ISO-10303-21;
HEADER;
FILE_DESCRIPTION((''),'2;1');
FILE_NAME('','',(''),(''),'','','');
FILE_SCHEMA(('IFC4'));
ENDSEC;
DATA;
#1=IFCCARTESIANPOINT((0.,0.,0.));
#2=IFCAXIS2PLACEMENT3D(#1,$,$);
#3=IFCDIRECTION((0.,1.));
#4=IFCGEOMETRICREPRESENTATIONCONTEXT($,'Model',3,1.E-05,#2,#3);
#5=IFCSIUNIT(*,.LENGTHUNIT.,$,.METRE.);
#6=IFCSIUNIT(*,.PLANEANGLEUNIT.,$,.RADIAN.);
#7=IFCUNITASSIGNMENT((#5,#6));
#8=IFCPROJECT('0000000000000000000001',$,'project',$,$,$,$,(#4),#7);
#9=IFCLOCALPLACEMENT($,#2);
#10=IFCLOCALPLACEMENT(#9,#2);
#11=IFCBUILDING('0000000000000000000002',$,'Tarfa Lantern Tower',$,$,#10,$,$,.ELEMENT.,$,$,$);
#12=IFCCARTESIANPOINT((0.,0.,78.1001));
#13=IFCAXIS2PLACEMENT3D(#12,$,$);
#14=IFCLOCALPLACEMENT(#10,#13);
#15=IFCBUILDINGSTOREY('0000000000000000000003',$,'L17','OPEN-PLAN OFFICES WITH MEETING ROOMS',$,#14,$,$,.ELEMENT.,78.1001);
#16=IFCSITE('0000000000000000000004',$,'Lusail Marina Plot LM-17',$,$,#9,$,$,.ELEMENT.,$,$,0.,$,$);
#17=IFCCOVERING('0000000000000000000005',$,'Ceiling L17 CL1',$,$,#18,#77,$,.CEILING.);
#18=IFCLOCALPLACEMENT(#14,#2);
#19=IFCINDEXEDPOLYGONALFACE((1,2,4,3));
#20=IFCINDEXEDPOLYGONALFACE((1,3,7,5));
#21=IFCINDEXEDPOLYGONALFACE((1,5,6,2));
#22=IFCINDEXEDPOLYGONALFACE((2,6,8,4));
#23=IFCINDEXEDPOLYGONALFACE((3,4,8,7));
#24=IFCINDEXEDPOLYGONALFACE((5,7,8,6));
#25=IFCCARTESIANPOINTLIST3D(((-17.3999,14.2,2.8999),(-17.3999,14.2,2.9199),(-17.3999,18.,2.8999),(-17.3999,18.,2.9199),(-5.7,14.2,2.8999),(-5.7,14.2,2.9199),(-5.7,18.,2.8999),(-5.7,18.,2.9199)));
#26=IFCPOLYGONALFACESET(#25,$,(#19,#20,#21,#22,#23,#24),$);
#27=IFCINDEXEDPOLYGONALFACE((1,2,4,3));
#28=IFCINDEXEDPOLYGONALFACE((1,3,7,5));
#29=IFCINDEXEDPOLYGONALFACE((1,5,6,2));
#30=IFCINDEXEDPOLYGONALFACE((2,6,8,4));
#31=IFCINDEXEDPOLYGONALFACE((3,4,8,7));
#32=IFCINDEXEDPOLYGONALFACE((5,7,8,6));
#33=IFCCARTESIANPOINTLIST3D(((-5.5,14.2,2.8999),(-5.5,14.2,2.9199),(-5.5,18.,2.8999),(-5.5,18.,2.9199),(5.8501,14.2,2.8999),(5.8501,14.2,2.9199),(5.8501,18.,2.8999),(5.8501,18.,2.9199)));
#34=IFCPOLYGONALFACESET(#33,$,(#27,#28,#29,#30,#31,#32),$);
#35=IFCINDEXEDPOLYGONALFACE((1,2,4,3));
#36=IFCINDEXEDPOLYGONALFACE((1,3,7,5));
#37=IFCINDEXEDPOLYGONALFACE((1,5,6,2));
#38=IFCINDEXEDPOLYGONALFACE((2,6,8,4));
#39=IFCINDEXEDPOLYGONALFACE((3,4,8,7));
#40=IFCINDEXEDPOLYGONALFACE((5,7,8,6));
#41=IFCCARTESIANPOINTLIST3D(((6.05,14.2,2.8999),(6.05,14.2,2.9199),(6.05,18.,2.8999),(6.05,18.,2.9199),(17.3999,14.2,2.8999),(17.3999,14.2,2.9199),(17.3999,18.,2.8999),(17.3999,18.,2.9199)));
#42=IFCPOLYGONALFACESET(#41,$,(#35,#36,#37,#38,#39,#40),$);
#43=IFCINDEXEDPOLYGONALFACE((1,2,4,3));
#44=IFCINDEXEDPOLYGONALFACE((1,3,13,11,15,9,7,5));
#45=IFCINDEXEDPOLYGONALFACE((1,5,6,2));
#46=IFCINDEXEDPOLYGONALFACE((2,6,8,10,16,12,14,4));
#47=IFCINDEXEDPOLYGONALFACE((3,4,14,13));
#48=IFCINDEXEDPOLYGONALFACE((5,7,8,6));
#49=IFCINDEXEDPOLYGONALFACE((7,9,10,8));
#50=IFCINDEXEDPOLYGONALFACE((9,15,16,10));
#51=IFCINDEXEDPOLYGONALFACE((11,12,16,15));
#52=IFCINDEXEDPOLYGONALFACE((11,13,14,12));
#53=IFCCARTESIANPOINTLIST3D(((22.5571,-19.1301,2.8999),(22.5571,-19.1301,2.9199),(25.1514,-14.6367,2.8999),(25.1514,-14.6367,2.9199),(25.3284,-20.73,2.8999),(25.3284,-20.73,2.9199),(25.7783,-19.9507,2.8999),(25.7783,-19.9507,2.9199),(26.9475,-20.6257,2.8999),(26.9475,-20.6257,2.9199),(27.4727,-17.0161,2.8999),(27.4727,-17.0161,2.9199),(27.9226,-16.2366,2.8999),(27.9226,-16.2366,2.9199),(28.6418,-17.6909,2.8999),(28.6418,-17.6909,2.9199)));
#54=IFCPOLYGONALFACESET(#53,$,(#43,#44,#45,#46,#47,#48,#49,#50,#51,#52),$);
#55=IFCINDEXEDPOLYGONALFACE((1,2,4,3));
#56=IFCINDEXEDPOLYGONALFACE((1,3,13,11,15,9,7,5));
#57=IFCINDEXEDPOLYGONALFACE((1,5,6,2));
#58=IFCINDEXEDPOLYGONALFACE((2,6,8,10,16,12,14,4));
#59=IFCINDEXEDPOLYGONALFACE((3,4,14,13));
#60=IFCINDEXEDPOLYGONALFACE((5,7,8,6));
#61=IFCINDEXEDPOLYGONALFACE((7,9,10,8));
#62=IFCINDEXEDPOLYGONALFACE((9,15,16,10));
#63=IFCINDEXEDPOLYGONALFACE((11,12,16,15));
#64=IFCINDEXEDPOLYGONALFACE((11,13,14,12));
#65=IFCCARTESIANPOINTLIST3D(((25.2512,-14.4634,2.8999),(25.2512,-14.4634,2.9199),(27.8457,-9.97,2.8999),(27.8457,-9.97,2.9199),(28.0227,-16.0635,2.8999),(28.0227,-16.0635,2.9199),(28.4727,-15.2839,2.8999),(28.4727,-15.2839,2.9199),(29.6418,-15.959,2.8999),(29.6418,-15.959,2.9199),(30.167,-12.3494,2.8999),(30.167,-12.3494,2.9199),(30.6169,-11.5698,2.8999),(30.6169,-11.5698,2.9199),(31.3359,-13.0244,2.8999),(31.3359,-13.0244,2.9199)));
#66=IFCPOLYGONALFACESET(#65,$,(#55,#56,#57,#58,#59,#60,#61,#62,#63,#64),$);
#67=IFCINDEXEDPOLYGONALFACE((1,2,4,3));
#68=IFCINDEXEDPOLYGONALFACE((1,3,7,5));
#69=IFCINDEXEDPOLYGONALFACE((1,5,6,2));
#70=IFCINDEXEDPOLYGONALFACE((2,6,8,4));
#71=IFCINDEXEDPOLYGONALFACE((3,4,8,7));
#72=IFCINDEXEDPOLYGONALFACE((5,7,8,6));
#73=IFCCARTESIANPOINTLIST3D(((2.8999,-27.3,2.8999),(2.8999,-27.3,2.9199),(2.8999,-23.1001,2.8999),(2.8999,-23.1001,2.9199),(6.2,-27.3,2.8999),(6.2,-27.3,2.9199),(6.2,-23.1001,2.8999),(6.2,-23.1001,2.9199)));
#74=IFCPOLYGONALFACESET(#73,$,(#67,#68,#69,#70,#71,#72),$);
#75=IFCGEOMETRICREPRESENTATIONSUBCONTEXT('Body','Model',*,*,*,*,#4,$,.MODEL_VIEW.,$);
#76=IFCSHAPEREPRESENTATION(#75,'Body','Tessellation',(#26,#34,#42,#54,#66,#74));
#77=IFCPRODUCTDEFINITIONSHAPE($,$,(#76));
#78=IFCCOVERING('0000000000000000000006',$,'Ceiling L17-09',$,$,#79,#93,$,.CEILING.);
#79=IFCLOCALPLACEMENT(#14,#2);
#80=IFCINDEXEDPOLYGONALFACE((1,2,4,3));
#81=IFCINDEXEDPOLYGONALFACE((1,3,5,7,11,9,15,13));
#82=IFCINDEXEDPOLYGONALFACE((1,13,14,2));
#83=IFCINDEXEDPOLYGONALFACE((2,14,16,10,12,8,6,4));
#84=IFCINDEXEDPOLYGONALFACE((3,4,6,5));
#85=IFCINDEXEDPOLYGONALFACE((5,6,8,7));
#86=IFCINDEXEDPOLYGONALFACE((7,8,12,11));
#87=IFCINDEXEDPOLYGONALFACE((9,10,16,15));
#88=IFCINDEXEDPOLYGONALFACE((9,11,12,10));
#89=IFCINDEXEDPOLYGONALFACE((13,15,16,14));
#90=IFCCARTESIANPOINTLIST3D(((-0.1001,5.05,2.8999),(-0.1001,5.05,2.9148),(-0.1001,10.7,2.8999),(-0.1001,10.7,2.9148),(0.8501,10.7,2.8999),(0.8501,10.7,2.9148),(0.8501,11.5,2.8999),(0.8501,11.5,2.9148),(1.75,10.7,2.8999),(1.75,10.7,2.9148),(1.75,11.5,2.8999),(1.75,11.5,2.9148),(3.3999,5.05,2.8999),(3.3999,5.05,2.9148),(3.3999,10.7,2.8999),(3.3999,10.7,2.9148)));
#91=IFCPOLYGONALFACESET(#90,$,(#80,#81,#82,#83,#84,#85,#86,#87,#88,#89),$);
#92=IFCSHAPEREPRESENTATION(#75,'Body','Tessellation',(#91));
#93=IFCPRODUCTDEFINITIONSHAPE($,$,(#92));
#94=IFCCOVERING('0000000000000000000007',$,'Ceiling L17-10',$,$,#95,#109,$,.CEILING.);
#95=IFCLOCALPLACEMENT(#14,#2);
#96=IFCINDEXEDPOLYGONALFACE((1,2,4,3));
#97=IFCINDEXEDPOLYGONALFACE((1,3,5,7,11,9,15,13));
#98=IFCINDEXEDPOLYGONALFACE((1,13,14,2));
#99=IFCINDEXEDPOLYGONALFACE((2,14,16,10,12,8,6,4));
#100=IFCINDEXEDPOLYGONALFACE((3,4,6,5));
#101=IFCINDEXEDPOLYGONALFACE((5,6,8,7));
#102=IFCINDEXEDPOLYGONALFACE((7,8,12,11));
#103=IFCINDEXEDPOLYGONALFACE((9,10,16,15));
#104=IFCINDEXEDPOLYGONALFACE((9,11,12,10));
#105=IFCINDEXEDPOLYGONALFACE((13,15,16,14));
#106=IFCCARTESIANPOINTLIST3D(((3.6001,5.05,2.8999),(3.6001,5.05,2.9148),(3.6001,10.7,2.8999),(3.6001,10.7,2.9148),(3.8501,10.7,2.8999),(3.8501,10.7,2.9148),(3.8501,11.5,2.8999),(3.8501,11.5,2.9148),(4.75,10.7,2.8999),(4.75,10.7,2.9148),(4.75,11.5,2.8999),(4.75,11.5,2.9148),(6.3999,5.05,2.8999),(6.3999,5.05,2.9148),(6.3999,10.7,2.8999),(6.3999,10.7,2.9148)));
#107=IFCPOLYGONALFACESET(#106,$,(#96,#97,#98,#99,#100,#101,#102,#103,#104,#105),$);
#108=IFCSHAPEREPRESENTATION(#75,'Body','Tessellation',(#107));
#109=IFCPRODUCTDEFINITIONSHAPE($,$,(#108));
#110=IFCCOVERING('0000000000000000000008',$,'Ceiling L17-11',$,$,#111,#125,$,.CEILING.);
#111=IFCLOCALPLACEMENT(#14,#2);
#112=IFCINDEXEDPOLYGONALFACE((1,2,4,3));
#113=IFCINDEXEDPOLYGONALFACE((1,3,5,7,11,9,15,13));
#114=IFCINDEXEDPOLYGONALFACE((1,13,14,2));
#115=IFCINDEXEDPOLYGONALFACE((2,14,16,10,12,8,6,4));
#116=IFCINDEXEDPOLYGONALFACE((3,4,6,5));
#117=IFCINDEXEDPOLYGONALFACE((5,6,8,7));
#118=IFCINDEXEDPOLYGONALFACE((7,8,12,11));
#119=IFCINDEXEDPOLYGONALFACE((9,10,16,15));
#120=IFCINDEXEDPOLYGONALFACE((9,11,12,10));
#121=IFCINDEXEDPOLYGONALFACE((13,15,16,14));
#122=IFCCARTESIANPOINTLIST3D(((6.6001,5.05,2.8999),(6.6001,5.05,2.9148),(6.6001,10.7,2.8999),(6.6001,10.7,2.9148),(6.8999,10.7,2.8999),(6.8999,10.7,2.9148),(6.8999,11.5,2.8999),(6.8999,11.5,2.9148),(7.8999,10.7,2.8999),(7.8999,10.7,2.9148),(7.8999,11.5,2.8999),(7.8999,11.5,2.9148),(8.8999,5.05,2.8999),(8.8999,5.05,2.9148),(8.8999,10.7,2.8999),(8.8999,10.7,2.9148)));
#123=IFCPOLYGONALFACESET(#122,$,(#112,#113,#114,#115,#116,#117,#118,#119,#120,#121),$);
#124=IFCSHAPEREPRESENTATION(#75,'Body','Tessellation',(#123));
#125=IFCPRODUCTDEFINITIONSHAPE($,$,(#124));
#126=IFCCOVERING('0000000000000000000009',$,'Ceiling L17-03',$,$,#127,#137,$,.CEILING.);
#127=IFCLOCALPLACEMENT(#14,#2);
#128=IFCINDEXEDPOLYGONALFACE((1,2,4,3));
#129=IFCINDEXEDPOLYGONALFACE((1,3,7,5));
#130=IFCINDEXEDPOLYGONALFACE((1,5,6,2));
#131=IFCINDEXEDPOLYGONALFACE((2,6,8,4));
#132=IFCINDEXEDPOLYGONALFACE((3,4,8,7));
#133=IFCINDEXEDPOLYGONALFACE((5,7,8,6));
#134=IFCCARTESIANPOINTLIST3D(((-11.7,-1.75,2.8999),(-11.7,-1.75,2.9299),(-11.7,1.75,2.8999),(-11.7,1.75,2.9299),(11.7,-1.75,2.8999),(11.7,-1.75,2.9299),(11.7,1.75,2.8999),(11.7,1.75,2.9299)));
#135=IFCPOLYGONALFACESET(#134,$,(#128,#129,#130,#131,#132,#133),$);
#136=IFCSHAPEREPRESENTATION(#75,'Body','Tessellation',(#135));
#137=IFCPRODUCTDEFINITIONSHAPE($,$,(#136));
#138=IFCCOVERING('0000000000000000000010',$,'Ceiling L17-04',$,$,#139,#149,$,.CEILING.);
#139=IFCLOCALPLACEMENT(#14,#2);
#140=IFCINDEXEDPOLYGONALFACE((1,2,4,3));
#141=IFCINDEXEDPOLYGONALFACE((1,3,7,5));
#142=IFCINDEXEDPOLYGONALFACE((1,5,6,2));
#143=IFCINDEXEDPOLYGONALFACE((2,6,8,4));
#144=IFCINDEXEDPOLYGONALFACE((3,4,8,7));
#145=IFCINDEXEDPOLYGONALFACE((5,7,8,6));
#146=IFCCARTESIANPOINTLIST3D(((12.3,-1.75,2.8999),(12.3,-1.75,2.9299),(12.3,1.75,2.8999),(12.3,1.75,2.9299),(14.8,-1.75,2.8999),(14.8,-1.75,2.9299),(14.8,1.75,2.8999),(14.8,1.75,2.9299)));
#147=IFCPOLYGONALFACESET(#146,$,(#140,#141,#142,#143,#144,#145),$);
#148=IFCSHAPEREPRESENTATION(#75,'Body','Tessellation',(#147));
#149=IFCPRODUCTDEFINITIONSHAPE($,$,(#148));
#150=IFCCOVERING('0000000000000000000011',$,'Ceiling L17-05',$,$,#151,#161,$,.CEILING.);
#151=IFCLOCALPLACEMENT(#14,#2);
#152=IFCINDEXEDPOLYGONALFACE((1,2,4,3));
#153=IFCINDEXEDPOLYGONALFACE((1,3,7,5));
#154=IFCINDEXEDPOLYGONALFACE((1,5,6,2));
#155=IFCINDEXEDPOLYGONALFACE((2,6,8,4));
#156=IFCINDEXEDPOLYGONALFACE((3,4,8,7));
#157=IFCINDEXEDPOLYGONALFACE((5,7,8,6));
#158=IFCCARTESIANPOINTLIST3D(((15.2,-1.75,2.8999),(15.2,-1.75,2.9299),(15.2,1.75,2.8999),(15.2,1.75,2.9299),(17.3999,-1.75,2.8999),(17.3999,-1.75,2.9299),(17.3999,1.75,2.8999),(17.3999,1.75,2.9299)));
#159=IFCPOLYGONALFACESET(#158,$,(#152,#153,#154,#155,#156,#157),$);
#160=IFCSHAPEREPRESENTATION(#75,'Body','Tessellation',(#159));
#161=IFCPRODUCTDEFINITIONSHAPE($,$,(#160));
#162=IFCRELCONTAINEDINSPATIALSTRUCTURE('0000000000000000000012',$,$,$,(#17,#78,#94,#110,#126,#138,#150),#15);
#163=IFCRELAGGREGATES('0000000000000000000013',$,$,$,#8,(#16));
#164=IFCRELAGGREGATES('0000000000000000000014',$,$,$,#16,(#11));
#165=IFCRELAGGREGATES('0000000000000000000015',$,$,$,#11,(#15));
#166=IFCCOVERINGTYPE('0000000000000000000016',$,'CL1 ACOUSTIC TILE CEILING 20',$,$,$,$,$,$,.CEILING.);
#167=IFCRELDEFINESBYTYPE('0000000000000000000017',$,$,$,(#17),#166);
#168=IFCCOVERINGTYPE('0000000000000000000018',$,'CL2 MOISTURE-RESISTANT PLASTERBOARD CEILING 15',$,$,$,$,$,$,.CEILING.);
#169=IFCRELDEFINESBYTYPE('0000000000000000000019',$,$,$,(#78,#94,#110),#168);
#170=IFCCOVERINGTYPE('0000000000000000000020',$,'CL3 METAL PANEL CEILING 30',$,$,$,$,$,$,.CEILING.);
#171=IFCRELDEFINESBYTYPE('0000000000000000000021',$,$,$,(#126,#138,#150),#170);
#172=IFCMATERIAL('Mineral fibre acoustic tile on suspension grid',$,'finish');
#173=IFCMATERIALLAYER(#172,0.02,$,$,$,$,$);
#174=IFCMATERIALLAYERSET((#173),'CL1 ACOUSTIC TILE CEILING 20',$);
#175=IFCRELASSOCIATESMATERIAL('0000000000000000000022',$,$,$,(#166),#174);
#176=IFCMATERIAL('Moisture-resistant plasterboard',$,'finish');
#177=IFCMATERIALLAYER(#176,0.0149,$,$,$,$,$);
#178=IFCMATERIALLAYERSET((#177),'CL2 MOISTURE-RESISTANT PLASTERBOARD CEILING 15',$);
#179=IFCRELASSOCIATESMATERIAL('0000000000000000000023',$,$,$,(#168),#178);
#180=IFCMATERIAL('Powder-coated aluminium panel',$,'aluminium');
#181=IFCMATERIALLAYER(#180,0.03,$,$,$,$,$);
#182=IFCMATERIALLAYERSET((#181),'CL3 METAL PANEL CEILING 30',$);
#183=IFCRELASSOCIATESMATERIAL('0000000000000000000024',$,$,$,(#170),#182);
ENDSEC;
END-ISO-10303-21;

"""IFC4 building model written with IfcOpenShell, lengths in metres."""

from ifc_helpers import new_model, si_unit, direction, frame, origin, place, context, subcontext, project, spatial, polyline, outline, extrude, material, layer, layer_set, type_object, element, save


model = new_model("IFC4")

# Units and contexts
model_context = context("Model", 3, precision=1e-05, world=origin(), true_north=direction((0.0, 1.0)))
body_context = subcontext(model_context, "Body", "Model", "MODEL_VIEW")
ifc_project = project(units=[si_unit("LENGTHUNIT", "METRE"), si_unit("PLANEANGLEUNIT", "RADIAN")], contexts=[model_context])

# Site, building, storey
site_placement = place(None, origin())
site = spatial("IfcSite", under=ifc_project, at=site_placement, Name="Lusail Marina Plot LM-17", CompositionType="ELEMENT", RefElevation=0.0)
building_placement = place(site_placement, origin())
building = spatial("IfcBuilding", under=site, at=building_placement, Name="Tarfa Lantern Tower", CompositionType="ELEMENT")
storey_placement = place(building_placement, frame((0.0, 0.0, 78.1001)))
storey = spatial("IfcBuildingStorey", under=building, at=storey_placement, Name="L17", Description="OPEN-PLAN OFFICES WITH MEETING ROOMS", CompositionType="ELEMENT", Elevation=78.1001)

# Coverings
ifc_material_1 = material(Name="Mineral fibre acoustic tile on suspension grid", Category="finish")
ifc_layer_1 = layer(ifc_material_1, 0.02)
ifc_layer_set_1 = layer_set([ifc_layer_1], Name="CL1 ACOUSTIC TILE CEILING 20")
covering_type_1 = type_object("IfcCoveringType", Name="CL1 ACOUSTIC TILE CEILING 20", PredefinedType="CEILING", material=ifc_layer_set_1)
covering_1_placement = place(storey_placement, frame((0.0, 0.0, 2.8999)))
element("IfcCovering", 1, at=covering_1_placement, inside=storey, type_object=covering_type_1, Name="Ceiling L17 CL1", PredefinedType="CEILING", context=body_context, shape_type="SweptSolid", body=[
    extrude(outline(polyline([(-17.3999, 18.0), (-5.7, 18.0), (-5.7, 14.2), (-17.3999, 14.2), (-17.3999, 18.0)])), origin(), (0.0, 0.0, 1.0), 0.02),
    extrude(outline(polyline([(-5.5, 18.0), (5.8501, 18.0), (5.8501, 14.2), (-5.5, 14.2), (-5.5, 18.0)])), origin(), (0.0, 0.0, 1.0), 0.02),
    extrude(outline(polyline([(6.05, 18.0), (17.3999, 18.0), (17.3999, 14.2), (6.05, 14.2), (6.05, 18.0)])), origin(), (0.0, 0.0, 1.0), 0.02),
    extrude(outline(polyline([(25.1514, -14.6367), (27.9226, -16.2366), (27.4727, -17.0161), (28.6418, -17.6909), (26.9475, -20.6257), (25.7783, -19.9507), (25.3284, -20.73), (22.5571, -19.1301), (25.1514, -14.6367)])), origin(), (0.0, 0.0, 1.0), 0.02),
    extrude(outline(polyline([(27.8457, -9.97), (30.6169, -11.5698), (30.167, -12.3494), (31.3359, -13.0244), (29.6418, -15.959), (28.4727, -15.2839), (28.0227, -16.0635), (25.2512, -14.4634), (27.8457, -9.97)])), origin(), (0.0, 0.0, 1.0), 0.02),
    extrude(outline(polyline([(6.2, -27.3), (2.8999, -27.3), (2.8999, -23.1001), (6.2, -23.1001), (6.2, -27.3)])), origin(), (0.0, 0.0, 1.0), 0.02),
])
ifc_material_2 = material(Name="Moisture-resistant plasterboard", Category="finish")
ifc_layer_2 = layer(ifc_material_2, 0.0149)
ifc_layer_set_2 = layer_set([ifc_layer_2], Name="CL2 MOISTURE-RESISTANT PLASTERBOARD CEILING 15")
covering_type_2 = type_object("IfcCoveringType", Name="CL2 MOISTURE-RESISTANT PLASTERBOARD CEILING 15", PredefinedType="CEILING", material=ifc_layer_set_2)
covering_2_placement = place(storey_placement, frame((0.0, 0.0, 2.8999)))
element("IfcCovering", 2, at=covering_2_placement, inside=storey, type_object=covering_type_2, Name="Ceiling L17-09", PredefinedType="CEILING", context=body_context, shape_type="SweptSolid", body=[
    extrude(outline(polyline([(0.8501, 10.7), (-0.1001, 10.7), (-0.1001, 5.05), (3.3999, 5.05), (3.3999, 10.7), (1.75, 10.7), (1.75, 11.5), (0.8501, 11.5), (0.8501, 11.5), (0.8501, 10.7)])), origin(), (0.0, 0.0, 1.0), 0.0149),
])
covering_3_placement = place(storey_placement, frame((0.0, 0.0, 2.8999)))
element("IfcCovering", 3, at=covering_3_placement, inside=storey, type_object=covering_type_2, Name="Ceiling L17-10", PredefinedType="CEILING", context=body_context, shape_type="SweptSolid", body=[
    extrude(outline(polyline([(3.6001, 5.05), (6.3999, 5.05), (6.3999, 10.7), (4.75, 10.7), (4.75, 11.5), (3.8501, 11.5), (3.8501, 10.7), (3.6001, 10.7), (3.6001, 5.05)])), origin(), (0.0, 0.0, 1.0), 0.0149),
])
covering_4_placement = place(storey_placement, frame((0.0, 0.0, 2.8999)))
element("IfcCovering", 4, at=covering_4_placement, inside=storey, type_object=covering_type_2, Name="Ceiling L17-11", PredefinedType="CEILING", context=body_context, shape_type="SweptSolid", body=[
    extrude(outline(polyline([(6.6001, 5.05), (8.8999, 5.05), (8.8999, 10.7), (7.8999, 10.7), (7.8999, 11.5), (6.8999, 11.5), (6.8999, 10.7), (6.6001, 10.7), (6.6001, 5.05)])), origin(), (0.0, 0.0, 1.0), 0.0149),
])
ifc_material_3 = material(Name="Powder-coated aluminium panel", Category="aluminium")
ifc_layer_3 = layer(ifc_material_3, 0.03)
ifc_layer_set_3 = layer_set([ifc_layer_3], Name="CL3 METAL PANEL CEILING 30")
covering_type_3 = type_object("IfcCoveringType", Name="CL3 METAL PANEL CEILING 30", PredefinedType="CEILING", material=ifc_layer_set_3)
covering_5_placement = place(storey_placement, frame((0.0, 0.0, 2.8999)))
element("IfcCovering", 5, at=covering_5_placement, inside=storey, type_object=covering_type_3, Name="Ceiling L17-03", PredefinedType="CEILING", context=body_context, shape_type="SweptSolid", body=[
    extrude(outline(polyline([(-11.7, -1.75), (11.7, -1.75), (11.7, 1.75), (-11.7, 1.75), (-11.7, -1.75)])), origin(), (0.0, 0.0, 1.0), 0.03),
])
covering_6_placement = place(storey_placement, frame((0.0, 0.0, 2.8999)))
element("IfcCovering", 6, at=covering_6_placement, inside=storey, type_object=covering_type_3, Name="Ceiling L17-04", PredefinedType="CEILING", context=body_context, shape_type="SweptSolid", body=[
    extrude(outline(polyline([(12.3, -1.75), (14.8, -1.75), (14.8, 1.75), (12.3, 1.75), (12.3, -1.75)])), origin(), (0.0, 0.0, 1.0), 0.03),
])
covering_7_placement = place(storey_placement, frame((0.0, 0.0, 2.8999)))
element("IfcCovering", 7, at=covering_7_placement, inside=storey, type_object=covering_type_3, Name="Ceiling L17-05", PredefinedType="CEILING", context=body_context, shape_type="SweptSolid", body=[
    extrude(outline(polyline([(15.2, -1.75), (17.3999, -1.75), (17.3999, 1.75), (15.2, 1.75), (15.2, -1.75)])), origin(), (0.0, 0.0, 1.0), 0.03),
])

save(model, "model.ifc")
